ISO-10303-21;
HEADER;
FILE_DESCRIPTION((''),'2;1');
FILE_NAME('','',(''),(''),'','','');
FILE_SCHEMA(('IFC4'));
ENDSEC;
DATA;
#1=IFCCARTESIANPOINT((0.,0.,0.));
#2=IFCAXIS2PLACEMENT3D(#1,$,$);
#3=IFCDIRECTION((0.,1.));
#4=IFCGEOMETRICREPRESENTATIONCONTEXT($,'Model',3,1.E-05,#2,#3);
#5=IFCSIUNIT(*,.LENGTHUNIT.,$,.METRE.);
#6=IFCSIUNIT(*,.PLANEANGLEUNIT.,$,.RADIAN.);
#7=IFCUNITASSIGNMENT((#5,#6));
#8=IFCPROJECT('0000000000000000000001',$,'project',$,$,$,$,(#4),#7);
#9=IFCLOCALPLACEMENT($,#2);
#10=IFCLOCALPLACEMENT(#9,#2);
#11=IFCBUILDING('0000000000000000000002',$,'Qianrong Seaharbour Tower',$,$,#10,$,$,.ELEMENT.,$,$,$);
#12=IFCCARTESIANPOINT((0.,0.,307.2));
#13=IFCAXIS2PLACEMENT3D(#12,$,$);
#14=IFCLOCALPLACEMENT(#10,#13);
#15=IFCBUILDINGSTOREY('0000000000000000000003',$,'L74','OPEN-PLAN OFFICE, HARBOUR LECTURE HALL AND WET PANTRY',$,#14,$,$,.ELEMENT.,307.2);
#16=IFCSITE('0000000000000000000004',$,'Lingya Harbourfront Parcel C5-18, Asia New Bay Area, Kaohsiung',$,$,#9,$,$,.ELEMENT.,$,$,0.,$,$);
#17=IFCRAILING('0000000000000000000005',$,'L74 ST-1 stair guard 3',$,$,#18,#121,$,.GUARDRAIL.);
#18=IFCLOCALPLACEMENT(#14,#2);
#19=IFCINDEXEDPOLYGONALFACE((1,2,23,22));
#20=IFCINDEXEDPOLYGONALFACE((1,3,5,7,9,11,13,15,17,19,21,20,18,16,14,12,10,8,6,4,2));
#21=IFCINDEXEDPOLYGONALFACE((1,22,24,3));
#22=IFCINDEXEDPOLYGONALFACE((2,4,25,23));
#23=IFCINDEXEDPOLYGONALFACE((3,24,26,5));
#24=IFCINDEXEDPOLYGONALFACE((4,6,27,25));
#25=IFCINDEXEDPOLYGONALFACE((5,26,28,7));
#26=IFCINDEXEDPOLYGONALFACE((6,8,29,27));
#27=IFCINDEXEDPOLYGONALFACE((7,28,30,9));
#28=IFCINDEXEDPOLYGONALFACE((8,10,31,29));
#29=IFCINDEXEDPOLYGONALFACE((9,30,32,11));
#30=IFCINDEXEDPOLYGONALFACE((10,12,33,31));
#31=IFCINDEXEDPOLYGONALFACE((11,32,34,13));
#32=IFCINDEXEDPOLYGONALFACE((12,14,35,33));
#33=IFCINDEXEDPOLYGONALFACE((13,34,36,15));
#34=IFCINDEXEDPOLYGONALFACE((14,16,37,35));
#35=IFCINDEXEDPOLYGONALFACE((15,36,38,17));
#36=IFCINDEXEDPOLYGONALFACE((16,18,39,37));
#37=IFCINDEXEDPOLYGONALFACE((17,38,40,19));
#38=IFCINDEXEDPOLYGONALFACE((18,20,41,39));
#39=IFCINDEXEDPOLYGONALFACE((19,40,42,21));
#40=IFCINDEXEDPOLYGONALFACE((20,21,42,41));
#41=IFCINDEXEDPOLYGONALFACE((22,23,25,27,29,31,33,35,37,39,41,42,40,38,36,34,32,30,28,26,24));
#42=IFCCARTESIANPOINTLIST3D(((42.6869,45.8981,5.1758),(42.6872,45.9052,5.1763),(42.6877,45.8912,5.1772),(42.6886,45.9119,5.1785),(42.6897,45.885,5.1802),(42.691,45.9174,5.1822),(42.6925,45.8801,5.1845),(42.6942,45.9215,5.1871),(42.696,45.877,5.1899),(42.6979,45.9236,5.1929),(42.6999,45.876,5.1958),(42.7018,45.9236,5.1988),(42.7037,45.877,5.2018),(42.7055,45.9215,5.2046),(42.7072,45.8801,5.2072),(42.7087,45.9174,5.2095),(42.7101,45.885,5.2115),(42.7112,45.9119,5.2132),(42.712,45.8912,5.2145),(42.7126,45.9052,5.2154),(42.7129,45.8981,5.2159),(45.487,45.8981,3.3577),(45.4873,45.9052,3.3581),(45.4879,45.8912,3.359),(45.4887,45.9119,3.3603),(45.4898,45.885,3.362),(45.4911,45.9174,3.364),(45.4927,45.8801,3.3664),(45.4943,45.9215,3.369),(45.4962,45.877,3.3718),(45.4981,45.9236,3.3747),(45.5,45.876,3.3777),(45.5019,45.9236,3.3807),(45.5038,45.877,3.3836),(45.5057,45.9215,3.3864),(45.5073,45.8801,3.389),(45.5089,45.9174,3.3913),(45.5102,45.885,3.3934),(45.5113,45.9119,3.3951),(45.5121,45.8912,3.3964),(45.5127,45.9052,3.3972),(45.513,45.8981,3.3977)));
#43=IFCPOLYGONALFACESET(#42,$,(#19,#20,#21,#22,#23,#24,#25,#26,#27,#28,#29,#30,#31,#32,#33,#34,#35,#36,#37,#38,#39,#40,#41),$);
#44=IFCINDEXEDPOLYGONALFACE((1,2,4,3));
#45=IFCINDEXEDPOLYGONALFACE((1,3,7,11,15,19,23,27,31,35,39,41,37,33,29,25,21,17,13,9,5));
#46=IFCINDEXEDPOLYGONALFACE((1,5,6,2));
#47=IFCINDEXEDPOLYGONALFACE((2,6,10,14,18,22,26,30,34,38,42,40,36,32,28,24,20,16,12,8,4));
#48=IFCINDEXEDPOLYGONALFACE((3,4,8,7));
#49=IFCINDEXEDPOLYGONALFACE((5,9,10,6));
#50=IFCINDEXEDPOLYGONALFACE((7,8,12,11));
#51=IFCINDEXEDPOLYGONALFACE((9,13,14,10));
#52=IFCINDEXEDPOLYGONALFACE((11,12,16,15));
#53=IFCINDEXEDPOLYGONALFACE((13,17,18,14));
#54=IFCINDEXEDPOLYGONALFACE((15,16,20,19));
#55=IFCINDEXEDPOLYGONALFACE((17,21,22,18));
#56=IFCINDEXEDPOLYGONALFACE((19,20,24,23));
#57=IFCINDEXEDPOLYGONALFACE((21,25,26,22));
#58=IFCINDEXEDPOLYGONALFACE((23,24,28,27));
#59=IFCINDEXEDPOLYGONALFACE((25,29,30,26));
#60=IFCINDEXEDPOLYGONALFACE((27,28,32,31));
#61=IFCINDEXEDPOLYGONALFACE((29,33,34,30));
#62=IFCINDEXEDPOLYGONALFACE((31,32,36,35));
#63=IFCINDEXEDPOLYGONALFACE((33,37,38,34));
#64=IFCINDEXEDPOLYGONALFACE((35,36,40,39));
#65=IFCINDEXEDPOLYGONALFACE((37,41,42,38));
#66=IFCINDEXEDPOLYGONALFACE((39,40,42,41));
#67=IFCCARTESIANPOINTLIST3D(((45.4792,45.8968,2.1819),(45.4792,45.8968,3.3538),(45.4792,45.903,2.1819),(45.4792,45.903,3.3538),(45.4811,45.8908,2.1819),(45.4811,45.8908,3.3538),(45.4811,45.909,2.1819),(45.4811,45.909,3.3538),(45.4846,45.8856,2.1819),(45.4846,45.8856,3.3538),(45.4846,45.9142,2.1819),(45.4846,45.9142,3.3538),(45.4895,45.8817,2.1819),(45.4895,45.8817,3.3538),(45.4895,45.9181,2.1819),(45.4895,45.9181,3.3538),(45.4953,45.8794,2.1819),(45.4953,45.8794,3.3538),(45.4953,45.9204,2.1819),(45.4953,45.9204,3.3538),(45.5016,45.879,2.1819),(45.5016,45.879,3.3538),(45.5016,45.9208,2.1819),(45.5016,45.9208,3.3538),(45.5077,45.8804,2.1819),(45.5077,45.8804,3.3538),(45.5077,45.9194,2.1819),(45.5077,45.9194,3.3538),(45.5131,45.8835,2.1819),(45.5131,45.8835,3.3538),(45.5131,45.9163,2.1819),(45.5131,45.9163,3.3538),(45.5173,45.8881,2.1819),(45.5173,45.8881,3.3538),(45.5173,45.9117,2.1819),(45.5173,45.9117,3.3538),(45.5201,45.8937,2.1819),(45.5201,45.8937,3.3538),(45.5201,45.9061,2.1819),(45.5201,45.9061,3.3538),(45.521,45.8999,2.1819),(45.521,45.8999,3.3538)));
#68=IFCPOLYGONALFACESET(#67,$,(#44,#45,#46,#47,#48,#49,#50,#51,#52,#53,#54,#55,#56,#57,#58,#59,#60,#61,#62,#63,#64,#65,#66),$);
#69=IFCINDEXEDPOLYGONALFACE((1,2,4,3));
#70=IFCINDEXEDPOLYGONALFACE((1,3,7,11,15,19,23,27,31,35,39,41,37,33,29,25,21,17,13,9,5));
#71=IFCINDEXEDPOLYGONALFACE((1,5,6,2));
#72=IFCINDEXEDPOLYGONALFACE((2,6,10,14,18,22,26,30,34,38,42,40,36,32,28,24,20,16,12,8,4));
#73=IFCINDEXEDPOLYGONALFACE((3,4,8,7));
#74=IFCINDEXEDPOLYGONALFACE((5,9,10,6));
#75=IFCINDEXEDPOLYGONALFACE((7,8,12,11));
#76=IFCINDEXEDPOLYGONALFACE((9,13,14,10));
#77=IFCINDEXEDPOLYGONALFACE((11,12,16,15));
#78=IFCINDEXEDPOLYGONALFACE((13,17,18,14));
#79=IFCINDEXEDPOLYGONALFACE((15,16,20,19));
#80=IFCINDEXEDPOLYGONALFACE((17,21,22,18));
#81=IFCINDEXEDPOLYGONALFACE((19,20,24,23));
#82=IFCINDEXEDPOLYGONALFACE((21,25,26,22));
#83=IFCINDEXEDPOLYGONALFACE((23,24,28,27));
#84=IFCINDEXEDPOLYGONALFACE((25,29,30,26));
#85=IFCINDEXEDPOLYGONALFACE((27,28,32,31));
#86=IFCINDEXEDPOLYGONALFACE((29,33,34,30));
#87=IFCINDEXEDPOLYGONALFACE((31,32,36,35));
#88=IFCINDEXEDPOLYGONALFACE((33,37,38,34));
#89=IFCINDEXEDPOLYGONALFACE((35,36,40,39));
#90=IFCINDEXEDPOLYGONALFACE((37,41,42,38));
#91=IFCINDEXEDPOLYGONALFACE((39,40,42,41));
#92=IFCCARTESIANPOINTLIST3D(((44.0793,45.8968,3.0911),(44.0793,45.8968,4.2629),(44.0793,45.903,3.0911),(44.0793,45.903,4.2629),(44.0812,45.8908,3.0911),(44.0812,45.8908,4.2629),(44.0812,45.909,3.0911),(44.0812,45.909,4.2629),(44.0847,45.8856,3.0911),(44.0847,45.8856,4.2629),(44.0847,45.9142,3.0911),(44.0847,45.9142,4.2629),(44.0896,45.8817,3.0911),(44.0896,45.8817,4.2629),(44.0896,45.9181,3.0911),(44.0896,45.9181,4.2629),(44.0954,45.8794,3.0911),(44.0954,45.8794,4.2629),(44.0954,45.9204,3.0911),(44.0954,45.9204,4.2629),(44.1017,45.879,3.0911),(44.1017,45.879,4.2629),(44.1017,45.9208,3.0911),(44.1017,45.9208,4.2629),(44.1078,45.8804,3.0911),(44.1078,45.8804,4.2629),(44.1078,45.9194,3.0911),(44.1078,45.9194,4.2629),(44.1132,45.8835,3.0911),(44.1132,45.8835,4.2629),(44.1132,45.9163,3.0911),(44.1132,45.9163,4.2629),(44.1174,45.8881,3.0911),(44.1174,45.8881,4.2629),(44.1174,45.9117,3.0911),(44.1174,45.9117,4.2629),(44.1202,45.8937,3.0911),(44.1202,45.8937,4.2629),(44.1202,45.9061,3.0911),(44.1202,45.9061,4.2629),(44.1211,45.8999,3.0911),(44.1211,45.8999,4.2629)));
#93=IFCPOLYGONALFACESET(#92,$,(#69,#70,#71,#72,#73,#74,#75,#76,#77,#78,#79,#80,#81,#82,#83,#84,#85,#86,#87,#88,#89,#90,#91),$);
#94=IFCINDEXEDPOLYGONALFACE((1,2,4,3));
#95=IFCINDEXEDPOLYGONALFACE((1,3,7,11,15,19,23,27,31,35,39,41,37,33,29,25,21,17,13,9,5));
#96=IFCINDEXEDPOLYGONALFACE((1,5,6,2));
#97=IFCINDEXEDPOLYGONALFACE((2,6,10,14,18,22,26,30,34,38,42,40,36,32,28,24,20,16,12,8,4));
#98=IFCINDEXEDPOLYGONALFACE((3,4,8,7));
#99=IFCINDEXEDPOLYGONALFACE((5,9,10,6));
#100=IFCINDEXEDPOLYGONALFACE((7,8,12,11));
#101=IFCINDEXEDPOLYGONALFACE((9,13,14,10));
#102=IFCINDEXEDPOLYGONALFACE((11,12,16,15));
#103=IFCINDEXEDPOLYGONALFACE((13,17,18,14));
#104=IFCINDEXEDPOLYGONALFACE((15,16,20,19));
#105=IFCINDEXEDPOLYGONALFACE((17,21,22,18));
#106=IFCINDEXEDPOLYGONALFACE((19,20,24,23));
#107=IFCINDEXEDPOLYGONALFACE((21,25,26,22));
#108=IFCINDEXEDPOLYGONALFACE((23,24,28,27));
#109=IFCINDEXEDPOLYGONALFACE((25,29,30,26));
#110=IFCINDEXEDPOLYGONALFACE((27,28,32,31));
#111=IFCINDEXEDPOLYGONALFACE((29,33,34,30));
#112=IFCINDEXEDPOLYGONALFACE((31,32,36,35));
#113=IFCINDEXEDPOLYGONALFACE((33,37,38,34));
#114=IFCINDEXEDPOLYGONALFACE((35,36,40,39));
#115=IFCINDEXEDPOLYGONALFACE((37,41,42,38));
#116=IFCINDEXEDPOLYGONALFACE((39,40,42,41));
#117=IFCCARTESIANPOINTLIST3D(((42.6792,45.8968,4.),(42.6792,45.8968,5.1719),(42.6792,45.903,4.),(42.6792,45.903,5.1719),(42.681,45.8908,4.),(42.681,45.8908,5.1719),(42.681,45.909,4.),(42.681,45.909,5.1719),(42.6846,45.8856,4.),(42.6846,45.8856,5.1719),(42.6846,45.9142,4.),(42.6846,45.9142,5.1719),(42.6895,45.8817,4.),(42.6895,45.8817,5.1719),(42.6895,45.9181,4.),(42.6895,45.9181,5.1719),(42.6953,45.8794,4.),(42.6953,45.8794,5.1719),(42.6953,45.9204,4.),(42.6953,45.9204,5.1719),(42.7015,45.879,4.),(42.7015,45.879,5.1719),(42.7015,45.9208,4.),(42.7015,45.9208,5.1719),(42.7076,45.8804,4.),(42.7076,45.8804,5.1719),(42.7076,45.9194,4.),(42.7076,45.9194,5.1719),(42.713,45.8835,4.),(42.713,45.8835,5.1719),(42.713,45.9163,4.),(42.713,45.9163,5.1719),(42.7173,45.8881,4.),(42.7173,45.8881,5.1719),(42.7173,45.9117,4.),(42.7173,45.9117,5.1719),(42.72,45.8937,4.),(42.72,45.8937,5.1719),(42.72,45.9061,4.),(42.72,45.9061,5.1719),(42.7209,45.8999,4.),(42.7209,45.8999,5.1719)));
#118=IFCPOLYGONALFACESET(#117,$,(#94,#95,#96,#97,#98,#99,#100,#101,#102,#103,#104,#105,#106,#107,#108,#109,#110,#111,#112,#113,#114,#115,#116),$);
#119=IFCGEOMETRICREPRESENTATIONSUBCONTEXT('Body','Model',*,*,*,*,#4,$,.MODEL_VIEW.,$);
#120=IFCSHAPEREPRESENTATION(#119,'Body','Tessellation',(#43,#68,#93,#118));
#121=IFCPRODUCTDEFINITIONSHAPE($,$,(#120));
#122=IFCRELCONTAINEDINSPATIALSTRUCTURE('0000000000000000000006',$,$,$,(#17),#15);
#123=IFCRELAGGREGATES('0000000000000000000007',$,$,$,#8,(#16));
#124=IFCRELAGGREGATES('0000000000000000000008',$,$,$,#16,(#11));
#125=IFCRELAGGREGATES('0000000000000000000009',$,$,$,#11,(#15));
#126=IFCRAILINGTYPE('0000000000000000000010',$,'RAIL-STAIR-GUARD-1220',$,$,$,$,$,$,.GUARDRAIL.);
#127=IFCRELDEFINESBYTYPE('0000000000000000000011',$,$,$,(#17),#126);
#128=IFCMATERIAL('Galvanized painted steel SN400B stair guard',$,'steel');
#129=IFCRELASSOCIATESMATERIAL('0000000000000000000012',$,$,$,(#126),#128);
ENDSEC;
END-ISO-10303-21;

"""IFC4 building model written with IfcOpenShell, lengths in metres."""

from ifc_helpers import new_model, si_unit, direction, frame, origin, origin_2d, place, context, subcontext, project, spatial, circle, extrude, material, type_object, element, save


model = new_model("IFC4")

# Units and contexts
model_context = context("Model", 3, precision=1e-05, world=origin(), true_north=direction((0.0, 1.0)))
body_context = subcontext(model_context, "Body", "Model", "MODEL_VIEW")
ifc_project = project(units=[si_unit("LENGTHUNIT", "METRE"), si_unit("PLANEANGLEUNIT", "RADIAN")], contexts=[model_context])

# Site, building, storey
site_placement = place(None, origin())
site = spatial("IfcSite", under=ifc_project, at=site_placement, Name="Lingya Harbourfront Parcel C5-18, Asia New Bay Area, Kaohsiung", CompositionType="ELEMENT", RefElevation=0.0)
building_placement = place(site_placement, origin())
building = spatial("IfcBuilding", under=site, at=building_placement, Name="Qianrong Seaharbour Tower", CompositionType="ELEMENT")
storey_placement = place(building_placement, frame((0.0, 0.0, 307.2)))
storey = spatial("IfcBuildingStorey", under=building, at=storey_placement, Name="L74", Description="OPEN-PLAN OFFICE, HARBOUR LECTURE HALL AND WET PANTRY", CompositionType="ELEMENT", Elevation=307.2)

# Railing
ifc_material_1 = material(Name="Galvanized painted steel SN400B stair guard", Category="steel")
railing_type_1 = type_object("IfcRailingType", Name="RAIL-STAIR-GUARD-1220", PredefinedType="GUARDRAIL", material=ifc_material_1)
railing_1_placement = place(storey_placement, frame((45.5, 45.8999, 2.1819)))
element("IfcRailing", 1, at=railing_1_placement, inside=storey, type_object=railing_type_1, Name="L74 ST-1 stair guard 3", PredefinedType="GUARDRAIL", context=body_context, shape_type="SweptSolid", body=[
    extrude(circle(Radius=0.0239, at=origin_2d()), frame((0.0, 0.0, 1.1958), z_axis=(-0.838706, 0.0, 0.544585), x_axis=(0.0, -1.0, 0.0)), (0.0, 0.0, 1.0), 3.3386),
    extrude(circle(Radius=0.021, at=origin_2d()), origin(), (0.0, 0.0, 1.0), 1.1719),
    extrude(circle(Radius=0.021, at=origin_2d()), frame((-1.3999, 0.0, 0.9092)), (0.0, 0.0, 1.0), 1.1719),
    extrude(circle(Radius=0.021, at=origin_2d()), frame((-2.8, 0.0, 1.8181)), (0.0, 0.0, 1.0), 1.1719),
])

save(model, "model.ifc")
